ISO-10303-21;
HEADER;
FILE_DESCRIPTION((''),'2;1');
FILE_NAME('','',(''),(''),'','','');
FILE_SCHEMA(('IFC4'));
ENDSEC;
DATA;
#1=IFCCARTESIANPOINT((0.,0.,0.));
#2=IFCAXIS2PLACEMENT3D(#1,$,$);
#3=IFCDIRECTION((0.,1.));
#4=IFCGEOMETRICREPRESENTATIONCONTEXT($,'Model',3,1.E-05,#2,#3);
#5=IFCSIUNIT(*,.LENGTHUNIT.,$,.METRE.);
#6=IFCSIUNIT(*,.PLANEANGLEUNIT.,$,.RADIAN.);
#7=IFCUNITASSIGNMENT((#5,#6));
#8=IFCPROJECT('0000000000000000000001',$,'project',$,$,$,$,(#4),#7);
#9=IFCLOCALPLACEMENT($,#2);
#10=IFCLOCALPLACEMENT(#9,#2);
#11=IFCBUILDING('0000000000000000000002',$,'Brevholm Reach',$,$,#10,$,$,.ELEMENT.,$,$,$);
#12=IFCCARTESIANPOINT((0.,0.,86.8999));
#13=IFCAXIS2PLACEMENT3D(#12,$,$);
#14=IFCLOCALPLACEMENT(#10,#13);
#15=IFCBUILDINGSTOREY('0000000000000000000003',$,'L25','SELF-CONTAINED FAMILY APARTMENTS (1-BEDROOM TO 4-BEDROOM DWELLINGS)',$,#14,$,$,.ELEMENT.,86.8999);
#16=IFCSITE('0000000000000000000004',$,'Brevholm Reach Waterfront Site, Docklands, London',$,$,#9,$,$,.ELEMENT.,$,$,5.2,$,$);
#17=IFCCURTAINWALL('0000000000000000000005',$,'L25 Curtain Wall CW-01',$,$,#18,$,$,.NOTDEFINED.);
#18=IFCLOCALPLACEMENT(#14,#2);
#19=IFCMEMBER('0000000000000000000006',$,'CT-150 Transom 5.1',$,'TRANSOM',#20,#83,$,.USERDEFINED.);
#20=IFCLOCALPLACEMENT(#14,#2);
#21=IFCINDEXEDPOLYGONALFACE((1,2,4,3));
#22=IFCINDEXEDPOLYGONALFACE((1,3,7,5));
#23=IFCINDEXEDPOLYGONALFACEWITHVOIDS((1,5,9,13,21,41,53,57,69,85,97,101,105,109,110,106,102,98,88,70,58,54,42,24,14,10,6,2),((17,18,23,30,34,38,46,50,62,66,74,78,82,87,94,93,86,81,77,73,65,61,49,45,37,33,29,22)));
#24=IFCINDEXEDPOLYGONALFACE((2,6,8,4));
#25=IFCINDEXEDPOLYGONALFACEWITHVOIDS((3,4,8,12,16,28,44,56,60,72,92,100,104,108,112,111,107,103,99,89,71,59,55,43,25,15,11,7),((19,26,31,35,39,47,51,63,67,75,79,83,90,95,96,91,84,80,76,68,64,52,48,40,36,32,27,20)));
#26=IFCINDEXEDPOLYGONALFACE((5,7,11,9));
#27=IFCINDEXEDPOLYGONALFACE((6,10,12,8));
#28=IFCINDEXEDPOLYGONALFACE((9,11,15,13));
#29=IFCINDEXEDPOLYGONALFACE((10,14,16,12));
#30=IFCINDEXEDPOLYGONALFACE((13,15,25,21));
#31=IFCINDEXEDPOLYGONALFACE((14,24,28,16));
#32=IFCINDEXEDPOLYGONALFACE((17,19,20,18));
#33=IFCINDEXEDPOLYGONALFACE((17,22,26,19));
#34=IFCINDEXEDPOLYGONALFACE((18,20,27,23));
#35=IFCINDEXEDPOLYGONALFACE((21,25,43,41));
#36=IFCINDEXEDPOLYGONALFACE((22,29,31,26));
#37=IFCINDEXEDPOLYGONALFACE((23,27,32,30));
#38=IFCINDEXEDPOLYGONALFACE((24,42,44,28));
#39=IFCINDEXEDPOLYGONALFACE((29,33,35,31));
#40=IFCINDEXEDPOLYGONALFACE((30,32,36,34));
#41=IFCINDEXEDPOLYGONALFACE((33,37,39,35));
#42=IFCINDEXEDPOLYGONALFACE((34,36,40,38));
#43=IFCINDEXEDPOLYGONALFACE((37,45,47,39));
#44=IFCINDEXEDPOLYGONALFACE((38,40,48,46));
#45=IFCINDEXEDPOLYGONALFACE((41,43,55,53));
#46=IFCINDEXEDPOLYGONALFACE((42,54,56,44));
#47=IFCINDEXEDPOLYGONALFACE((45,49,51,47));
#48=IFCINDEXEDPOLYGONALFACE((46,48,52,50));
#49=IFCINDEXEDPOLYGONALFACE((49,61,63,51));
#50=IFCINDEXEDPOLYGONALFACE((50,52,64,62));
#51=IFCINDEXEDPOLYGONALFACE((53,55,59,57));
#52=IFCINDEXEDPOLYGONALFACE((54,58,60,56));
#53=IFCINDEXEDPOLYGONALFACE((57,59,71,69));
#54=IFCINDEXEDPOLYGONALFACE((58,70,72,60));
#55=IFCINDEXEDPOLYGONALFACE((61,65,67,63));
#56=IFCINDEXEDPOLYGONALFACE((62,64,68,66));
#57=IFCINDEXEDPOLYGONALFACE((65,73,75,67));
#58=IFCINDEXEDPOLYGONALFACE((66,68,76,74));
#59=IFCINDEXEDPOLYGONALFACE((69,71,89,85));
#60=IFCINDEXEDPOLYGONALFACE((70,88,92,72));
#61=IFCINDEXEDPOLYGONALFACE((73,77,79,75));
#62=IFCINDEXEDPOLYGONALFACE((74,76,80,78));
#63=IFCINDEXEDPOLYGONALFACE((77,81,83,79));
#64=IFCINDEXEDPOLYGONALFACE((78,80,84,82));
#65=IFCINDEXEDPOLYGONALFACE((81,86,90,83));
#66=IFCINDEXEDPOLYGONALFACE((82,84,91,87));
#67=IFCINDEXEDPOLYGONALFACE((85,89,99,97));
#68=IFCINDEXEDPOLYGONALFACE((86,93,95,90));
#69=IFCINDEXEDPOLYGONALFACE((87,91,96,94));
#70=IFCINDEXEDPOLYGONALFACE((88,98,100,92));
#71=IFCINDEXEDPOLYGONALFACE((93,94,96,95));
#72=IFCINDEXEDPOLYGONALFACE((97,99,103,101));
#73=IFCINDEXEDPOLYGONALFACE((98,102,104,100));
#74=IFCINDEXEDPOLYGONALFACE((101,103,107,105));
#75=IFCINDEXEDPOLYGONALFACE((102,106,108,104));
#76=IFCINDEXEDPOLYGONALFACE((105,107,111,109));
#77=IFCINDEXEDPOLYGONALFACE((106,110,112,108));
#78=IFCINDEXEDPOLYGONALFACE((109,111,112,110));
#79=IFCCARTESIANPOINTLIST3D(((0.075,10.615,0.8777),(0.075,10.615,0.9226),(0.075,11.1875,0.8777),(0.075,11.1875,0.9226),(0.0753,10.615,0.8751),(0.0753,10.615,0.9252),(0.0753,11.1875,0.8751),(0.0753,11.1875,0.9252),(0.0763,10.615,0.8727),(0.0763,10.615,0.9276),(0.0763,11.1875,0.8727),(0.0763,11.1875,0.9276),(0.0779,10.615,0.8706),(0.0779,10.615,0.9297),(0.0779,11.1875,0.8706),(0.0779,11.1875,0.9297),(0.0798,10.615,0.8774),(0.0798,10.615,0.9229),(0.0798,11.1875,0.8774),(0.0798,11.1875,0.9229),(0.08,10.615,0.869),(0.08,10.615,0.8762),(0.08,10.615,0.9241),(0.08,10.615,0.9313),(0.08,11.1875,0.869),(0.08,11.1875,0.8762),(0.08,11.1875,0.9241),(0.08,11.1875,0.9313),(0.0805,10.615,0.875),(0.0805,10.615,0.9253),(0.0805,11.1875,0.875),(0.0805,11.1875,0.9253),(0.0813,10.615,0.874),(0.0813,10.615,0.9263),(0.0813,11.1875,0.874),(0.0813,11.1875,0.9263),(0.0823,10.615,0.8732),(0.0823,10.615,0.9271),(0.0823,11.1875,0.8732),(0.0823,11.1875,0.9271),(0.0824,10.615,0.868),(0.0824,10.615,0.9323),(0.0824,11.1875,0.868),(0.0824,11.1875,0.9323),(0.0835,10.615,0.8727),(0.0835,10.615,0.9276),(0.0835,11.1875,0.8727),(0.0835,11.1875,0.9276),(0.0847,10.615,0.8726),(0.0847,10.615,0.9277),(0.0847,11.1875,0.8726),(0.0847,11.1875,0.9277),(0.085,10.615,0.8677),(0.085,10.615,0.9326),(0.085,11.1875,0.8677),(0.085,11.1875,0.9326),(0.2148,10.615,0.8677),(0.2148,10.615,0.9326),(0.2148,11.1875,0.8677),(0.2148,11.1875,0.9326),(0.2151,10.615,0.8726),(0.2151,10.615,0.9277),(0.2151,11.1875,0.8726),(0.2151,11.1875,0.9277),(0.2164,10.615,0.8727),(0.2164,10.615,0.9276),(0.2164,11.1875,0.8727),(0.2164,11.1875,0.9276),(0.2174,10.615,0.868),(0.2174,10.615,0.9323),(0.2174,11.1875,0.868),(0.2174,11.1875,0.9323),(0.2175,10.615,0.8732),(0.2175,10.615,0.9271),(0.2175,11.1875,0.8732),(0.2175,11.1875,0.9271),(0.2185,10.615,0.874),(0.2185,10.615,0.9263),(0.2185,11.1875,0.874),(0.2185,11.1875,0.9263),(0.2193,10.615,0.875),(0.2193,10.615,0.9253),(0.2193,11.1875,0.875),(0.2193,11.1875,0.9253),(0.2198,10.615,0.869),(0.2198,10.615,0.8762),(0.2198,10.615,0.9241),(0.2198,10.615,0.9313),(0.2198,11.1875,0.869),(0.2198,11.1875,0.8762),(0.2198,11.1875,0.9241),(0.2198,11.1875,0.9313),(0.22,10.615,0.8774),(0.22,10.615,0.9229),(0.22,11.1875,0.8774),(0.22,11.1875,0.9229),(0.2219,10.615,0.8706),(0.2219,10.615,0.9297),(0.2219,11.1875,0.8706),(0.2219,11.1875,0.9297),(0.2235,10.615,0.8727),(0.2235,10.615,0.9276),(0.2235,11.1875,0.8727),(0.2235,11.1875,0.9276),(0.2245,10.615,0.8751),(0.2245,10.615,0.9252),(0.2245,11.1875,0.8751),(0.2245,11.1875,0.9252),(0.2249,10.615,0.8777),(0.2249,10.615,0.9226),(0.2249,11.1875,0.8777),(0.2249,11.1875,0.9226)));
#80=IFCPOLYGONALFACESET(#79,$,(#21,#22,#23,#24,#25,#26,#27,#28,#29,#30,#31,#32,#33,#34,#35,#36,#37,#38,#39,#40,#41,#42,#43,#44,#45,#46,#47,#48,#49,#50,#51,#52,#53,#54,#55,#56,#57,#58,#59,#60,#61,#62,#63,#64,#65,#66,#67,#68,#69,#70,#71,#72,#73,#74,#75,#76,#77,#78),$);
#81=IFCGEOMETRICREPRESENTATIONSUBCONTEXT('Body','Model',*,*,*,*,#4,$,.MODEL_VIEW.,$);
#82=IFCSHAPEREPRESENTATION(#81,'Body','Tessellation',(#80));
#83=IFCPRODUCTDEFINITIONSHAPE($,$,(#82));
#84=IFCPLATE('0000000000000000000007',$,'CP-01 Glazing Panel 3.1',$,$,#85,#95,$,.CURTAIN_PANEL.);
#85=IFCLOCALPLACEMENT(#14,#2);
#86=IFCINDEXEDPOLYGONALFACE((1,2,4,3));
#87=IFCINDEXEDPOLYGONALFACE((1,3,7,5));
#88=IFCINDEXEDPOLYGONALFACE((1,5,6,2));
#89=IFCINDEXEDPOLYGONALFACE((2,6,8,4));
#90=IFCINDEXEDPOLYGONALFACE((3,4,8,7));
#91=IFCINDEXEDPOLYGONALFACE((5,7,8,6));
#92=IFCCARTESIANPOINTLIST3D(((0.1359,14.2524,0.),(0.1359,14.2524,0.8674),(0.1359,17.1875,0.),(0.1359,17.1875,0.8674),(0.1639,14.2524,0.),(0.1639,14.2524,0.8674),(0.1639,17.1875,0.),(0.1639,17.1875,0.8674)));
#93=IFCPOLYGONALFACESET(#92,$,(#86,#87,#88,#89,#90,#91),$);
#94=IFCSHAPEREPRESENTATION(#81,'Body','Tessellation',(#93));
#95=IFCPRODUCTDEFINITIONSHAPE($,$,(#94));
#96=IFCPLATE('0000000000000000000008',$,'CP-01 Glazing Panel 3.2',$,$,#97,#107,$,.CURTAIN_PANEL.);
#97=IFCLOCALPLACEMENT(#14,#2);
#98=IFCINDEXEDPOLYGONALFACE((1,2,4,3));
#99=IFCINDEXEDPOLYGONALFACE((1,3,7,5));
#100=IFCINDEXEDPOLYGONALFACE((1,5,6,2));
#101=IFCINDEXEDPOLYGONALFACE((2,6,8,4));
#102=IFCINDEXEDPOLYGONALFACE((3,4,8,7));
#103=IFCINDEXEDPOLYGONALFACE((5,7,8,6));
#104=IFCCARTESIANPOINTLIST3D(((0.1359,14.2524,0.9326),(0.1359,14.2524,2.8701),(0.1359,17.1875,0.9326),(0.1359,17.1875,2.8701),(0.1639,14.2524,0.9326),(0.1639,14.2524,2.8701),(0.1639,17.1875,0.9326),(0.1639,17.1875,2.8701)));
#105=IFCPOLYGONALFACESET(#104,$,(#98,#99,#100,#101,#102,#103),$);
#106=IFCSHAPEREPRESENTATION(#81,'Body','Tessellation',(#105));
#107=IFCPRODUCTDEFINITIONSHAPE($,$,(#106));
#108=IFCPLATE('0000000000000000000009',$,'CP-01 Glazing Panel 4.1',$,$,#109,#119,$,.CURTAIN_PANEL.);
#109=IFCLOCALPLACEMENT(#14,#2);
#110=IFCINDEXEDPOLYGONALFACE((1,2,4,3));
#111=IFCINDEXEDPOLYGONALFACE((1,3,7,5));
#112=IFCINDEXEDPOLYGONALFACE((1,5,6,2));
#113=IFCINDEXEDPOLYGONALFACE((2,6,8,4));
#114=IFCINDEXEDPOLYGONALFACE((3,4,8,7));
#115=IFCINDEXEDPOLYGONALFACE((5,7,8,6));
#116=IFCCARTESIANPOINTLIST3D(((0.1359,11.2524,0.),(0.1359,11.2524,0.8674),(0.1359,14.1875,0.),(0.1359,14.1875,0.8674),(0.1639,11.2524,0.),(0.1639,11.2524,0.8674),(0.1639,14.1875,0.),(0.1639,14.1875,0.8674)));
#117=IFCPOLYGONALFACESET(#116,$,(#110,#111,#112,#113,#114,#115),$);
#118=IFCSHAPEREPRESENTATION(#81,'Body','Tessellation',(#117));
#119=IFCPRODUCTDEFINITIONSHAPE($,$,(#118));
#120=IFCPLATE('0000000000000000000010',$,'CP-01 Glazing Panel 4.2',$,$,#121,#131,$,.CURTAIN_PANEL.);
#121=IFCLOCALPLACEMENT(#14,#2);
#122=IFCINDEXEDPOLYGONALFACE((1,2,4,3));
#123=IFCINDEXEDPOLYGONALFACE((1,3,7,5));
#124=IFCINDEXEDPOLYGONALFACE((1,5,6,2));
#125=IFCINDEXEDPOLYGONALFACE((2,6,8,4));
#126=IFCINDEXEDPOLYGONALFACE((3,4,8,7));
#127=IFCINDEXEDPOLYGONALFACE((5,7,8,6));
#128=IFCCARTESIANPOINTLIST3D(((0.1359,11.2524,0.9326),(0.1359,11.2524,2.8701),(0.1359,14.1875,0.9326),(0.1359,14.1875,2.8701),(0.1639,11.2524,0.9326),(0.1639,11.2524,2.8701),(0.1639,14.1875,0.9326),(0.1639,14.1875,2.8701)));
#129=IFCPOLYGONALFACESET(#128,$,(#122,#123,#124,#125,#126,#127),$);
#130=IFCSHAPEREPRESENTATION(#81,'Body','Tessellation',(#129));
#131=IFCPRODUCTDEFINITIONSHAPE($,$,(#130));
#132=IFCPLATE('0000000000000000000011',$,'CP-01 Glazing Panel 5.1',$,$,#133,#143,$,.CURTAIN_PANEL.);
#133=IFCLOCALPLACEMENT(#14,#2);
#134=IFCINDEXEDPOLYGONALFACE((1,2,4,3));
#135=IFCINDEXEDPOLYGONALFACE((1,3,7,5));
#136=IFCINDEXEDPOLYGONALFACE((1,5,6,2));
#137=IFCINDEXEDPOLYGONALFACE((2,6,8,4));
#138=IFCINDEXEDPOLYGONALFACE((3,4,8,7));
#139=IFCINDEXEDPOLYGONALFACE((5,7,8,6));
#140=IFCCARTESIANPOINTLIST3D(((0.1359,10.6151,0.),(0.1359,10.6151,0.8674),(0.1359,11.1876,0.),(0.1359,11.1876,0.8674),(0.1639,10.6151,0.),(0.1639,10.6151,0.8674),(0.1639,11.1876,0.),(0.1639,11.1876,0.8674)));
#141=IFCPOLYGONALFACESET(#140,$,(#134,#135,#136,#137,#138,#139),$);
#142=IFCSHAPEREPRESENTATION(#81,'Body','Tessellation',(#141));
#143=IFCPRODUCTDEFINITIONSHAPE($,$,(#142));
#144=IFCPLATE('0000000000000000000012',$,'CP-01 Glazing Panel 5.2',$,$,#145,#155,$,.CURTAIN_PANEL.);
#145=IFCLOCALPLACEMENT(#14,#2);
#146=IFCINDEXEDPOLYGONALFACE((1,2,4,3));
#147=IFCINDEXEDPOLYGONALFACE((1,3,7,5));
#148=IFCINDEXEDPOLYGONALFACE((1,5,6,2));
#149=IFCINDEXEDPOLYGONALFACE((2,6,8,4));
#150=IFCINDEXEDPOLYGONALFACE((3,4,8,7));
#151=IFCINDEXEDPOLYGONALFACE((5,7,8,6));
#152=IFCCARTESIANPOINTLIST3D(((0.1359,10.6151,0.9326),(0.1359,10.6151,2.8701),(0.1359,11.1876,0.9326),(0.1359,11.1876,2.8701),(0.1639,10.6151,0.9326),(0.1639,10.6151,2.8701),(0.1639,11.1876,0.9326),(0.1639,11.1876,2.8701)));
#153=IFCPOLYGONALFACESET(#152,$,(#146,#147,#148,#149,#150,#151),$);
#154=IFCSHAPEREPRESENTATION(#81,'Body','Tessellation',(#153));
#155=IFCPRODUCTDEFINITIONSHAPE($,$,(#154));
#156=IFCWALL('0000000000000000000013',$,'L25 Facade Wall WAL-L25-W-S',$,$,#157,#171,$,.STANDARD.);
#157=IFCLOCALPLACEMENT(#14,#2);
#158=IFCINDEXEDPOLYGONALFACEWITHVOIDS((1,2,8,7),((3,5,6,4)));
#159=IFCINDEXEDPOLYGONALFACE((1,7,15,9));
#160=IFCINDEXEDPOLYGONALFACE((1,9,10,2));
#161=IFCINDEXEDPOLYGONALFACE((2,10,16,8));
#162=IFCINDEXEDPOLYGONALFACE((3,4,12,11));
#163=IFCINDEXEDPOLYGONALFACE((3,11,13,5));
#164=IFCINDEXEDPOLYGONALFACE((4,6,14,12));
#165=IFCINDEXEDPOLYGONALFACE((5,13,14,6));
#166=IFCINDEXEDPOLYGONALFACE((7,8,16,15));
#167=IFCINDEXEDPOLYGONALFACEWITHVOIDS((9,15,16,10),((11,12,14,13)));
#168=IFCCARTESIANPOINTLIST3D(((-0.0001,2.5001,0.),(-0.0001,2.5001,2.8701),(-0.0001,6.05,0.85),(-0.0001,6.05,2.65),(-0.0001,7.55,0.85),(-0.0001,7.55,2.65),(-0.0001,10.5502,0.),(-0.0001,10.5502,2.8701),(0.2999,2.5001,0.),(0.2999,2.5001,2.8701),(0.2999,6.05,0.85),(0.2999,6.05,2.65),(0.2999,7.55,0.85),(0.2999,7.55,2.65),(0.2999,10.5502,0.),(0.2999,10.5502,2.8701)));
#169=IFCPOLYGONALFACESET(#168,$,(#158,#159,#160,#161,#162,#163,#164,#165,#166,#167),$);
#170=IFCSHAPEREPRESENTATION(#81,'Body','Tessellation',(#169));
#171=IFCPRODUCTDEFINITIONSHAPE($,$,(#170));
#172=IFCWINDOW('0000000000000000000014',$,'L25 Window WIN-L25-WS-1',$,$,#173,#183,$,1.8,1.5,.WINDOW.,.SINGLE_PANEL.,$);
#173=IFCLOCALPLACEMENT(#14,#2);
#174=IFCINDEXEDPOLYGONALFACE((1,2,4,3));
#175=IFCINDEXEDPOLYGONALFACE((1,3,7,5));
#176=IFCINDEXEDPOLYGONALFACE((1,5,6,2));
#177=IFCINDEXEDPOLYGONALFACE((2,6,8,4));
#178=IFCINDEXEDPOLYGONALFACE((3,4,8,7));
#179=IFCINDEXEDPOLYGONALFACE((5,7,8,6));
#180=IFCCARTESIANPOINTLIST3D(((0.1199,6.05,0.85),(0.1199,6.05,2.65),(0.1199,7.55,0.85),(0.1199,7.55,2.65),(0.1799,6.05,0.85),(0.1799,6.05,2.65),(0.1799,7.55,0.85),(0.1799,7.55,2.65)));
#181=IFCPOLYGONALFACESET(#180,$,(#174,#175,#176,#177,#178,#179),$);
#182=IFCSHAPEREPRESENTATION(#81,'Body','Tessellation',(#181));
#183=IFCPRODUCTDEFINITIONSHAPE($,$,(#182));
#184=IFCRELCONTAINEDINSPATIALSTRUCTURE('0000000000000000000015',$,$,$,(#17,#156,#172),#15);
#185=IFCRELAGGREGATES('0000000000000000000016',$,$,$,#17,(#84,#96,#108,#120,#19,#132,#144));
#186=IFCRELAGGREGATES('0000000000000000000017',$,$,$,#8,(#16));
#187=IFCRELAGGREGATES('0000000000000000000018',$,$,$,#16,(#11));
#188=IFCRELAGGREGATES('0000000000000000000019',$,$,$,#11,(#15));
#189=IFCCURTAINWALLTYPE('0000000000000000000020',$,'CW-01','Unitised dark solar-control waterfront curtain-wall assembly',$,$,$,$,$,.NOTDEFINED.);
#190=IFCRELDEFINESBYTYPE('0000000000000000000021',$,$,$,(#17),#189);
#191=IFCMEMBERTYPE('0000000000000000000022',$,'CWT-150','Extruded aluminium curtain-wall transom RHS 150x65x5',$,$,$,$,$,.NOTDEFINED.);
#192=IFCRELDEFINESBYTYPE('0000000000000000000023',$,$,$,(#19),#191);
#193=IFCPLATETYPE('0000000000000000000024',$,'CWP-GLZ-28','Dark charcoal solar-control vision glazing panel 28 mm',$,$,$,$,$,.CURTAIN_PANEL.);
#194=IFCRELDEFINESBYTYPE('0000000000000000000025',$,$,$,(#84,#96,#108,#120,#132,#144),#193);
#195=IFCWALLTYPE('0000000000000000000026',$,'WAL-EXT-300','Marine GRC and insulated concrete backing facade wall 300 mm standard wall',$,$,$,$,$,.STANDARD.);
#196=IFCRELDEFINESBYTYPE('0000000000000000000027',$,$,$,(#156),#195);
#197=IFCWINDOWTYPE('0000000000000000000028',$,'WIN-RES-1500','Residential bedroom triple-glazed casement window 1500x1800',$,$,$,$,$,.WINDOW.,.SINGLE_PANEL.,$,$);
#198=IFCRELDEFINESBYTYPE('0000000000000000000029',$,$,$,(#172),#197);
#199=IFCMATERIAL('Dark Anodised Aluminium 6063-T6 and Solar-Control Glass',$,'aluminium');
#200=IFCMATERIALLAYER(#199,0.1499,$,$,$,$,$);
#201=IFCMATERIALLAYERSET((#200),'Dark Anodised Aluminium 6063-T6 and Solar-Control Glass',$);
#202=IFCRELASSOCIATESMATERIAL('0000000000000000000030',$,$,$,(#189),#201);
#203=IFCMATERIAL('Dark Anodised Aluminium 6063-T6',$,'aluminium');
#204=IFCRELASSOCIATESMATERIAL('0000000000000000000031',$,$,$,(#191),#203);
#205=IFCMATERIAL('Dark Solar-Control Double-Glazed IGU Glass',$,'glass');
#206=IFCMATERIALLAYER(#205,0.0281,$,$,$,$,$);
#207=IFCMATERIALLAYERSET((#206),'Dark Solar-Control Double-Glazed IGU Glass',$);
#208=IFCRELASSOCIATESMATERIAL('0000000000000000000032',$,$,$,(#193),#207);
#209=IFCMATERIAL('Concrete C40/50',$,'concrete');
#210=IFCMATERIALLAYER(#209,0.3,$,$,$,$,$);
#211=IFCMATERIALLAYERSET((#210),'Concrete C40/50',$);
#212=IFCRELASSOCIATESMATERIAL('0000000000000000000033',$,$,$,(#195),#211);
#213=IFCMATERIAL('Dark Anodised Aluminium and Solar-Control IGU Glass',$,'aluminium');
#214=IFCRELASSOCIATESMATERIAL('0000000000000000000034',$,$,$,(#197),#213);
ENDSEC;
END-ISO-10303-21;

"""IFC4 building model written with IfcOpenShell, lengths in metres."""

from ifc_helpers import new_model, si_unit, direction, frame, frame_2d, origin, origin_2d, place, context, subcontext, project, spatial, rectangle, hollow_rectangle, extrude, material, layer, layer_set, material_profile, profile_set, type_object, element, fill, aggregate, save


model = new_model("IFC4")

# Units and contexts
model_context = context("Model", 3, precision=1e-05, world=origin(), true_north=direction((0.0, 1.0)))
body_context = subcontext(model_context, "Body", "Model", "MODEL_VIEW")
ifc_project = project(units=[si_unit("LENGTHUNIT", "METRE"), si_unit("PLANEANGLEUNIT", "RADIAN")], contexts=[model_context])

# Site, building, storey
site_placement = place(None, origin())
site = spatial("IfcSite", under=ifc_project, at=site_placement, Name="Brevholm Reach Waterfront Site, Docklands, London", CompositionType="ELEMENT", RefElevation=5.2)
building_placement = place(site_placement, origin())
building = spatial("IfcBuilding", under=site, at=building_placement, Name="Brevholm Reach", CompositionType="ELEMENT")
storey_placement = place(building_placement, frame((0.0, 0.0, 86.8999)))
storey = spatial("IfcBuildingStorey", under=building, at=storey_placement, Name="L25", Description="SELF-CONTAINED FAMILY APARTMENTS (1-BEDROOM TO 4-BEDROOM DWELLINGS)", CompositionType="ELEMENT", Elevation=86.8999)

# Curtain wall, member, plates
ifc_material_1 = material(Name="Dark Anodised Aluminium 6063-T6 and Solar-Control Glass", Category="aluminium")
ifc_layer_1 = layer(ifc_material_1, 0.1499)
ifc_layer_set_1 = layer_set([ifc_layer_1], Name="Dark Anodised Aluminium 6063-T6 and Solar-Control Glass")
curtain_wall_type = type_object("IfcCurtainWallType", Name="CW-01", Description="Unitised dark solar-control waterfront curtain-wall assembly", PredefinedType="NOTDEFINED", material=ifc_layer_set_1)
curtain_wall_placement = place(storey_placement, origin())
curtain_wall = element("IfcCurtainWall", 1, at=curtain_wall_placement, inside=storey, type_object=curtain_wall_type, Name="L25 Curtain Wall CW-01", PredefinedType="NOTDEFINED")
ifc_material_2 = material(Name="Dark Anodised Aluminium 6063-T6", Category="aluminium")
ifc_material_profile_1 = material_profile(ifc_material_2, hollow_rectangle(XDim=0.0649, YDim=0.1499, WallThickness=0.0049, InnerFilletRadius=0.0049, OuterFilletRadius=0.01, at=origin_2d()), Name="RHS 150x65x5")
ifc_profile_set_1 = profile_set([ifc_material_profile_1], Name="Dark Anodised Aluminium 6063-T6")
member_type_1 = type_object("IfcMemberType", Name="CWT-150", Description="Extruded aluminium curtain-wall transom RHS 150x65x5", PredefinedType="NOTDEFINED", material=ifc_profile_set_1)
member_1_placement = place(storey_placement, frame((0.1499, 11.1875, 0.9001), z_axis=(0.0, -1.0, 0.0), x_axis=(0.0, 0.0, 1.0)))
member_1 = element("IfcMember", 2, at=member_1_placement, type_object=member_type_1, Name="CT-150 Transom 5.1", ObjectType="TRANSOM", PredefinedType="USERDEFINED", context=body_context, shape_type="SweptSolid", body=[
    extrude(hollow_rectangle(XDim=0.0649, YDim=0.1499, WallThickness=0.0049, InnerFilletRadius=0.0049, OuterFilletRadius=0.01, at=origin_2d()), origin(), (0.0, 0.0, 1.0), 0.5725),
])
ifc_material_3 = material(Name="Dark Solar-Control Double-Glazed IGU Glass", Category="glass")
ifc_layer_2 = layer(ifc_material_3, 0.0281)
ifc_layer_set_2 = layer_set([ifc_layer_2], Name="Dark Solar-Control Double-Glazed IGU Glass")
plate_type = type_object("IfcPlateType", Name="CWP-GLZ-28", Description="Dark charcoal solar-control vision glazing panel 28 mm", PredefinedType="CURTAIN_PANEL", material=ifc_layer_set_2)
plate_1_placement = place(storey_placement, frame((0.1499, 15.72, 0.0), z_axis=(0.0, 0.0, 1.0), x_axis=(0.0, -1.0, 0.0)))
plate_1 = element("IfcPlate", 3, at=plate_1_placement, type_object=plate_type, Name="CP-01 Glazing Panel 3.1", PredefinedType="CURTAIN_PANEL", context=body_context, shape_type="SweptSolid", body=[
    extrude(rectangle(XDim=2.9351, YDim=0.0281, at=origin_2d()), origin(), (0.0, 0.0, 1.0), 0.8674),
])
plate_2_placement = place(storey_placement, frame((0.1499, 15.72, 0.9326), z_axis=(0.0, 0.0, 1.0), x_axis=(0.0, -1.0, 0.0)))
plate_2 = element("IfcPlate", 4, at=plate_2_placement, type_object=plate_type, Name="CP-01 Glazing Panel 3.2", PredefinedType="CURTAIN_PANEL", context=body_context, shape_type="SweptSolid", body=[
    extrude(rectangle(XDim=2.9351, YDim=0.0281, at=origin_2d()), origin(), (0.0, 0.0, 1.0), 1.9375),
])
plate_3_placement = place(storey_placement, frame((0.1499, 12.72, 0.0), z_axis=(0.0, 0.0, 1.0), x_axis=(0.0, -1.0, 0.0)))
plate_3 = element("IfcPlate", 5, at=plate_3_placement, type_object=plate_type, Name="CP-01 Glazing Panel 4.1", PredefinedType="CURTAIN_PANEL", context=body_context, shape_type="SweptSolid", body=[
    extrude(rectangle(XDim=2.9351, YDim=0.0281, at=origin_2d()), origin(), (0.0, 0.0, 1.0), 0.8674),
])
plate_4_placement = place(storey_placement, frame((0.1499, 12.72, 0.9326), z_axis=(0.0, 0.0, 1.0), x_axis=(0.0, -1.0, 0.0)))
plate_4 = element("IfcPlate", 6, at=plate_4_placement, type_object=plate_type, Name="CP-01 Glazing Panel 4.2", PredefinedType="CURTAIN_PANEL", context=body_context, shape_type="SweptSolid", body=[
    extrude(rectangle(XDim=2.9351, YDim=0.0281, at=origin_2d()), origin(), (0.0, 0.0, 1.0), 1.9375),
])
plate_5_placement = place(storey_placement, frame((0.1499, 10.9014, 0.0), z_axis=(0.0, 0.0, 1.0), x_axis=(0.0, -1.0, 0.0)))
plate_5 = element("IfcPlate", 7, at=plate_5_placement, type_object=plate_type, Name="CP-01 Glazing Panel 5.1", PredefinedType="CURTAIN_PANEL", context=body_context, shape_type="SweptSolid", body=[
    extrude(rectangle(XDim=0.5725, YDim=0.0281, at=origin_2d()), origin(), (0.0, 0.0, 1.0), 0.8674),
])
plate_6_placement = place(storey_placement, frame((0.1499, 10.9014, 0.9326), z_axis=(0.0, 0.0, 1.0), x_axis=(0.0, -1.0, 0.0)))
plate_6 = element("IfcPlate", 8, at=plate_6_placement, type_object=plate_type, Name="CP-01 Glazing Panel 5.2", PredefinedType="CURTAIN_PANEL", context=body_context, shape_type="SweptSolid", body=[
    extrude(rectangle(XDim=0.5725, YDim=0.0281, at=origin_2d()), origin(), (0.0, 0.0, 1.0), 1.9375),
])
aggregate(curtain_wall, [plate_1, plate_2, plate_3, plate_4, member_1, plate_5, plate_6])

# Wall, opening, window
ifc_material_4 = material(Name="Concrete C40/50", Category="concrete")
ifc_layer_3 = layer(ifc_material_4, 0.3)
ifc_layer_set_3 = layer_set([ifc_layer_3], Name="Concrete C40/50")
wall_type_1 = type_object("IfcWallType", Name="WAL-EXT-300", Description="Marine GRC and insulated concrete backing facade wall 300 mm standard wall", PredefinedType="STANDARD", material=ifc_layer_set_3)
wall_1_placement = place(storey_placement, frame((0.1499, 10.55, 0.0), z_axis=(0.0, 0.0, 1.0), x_axis=(0.0, -1.0, 0.0)))
wall_1 = element("IfcWall", 9, at=wall_1_placement, inside=storey, type_object=wall_type_1, Name="L25 Facade Wall WAL-L25-W-S", PredefinedType="STANDARD", context=body_context, shape_type="SweptSolid", body=[
    extrude(rectangle(XDim=8.05, YDim=0.3, at=frame_2d((4.0249, 0.0))), origin(), (0.0, 0.0, 1.0), 2.8701),
])
opening_placement = place(wall_1_placement, frame((3.0, 0.0, 0.8501)))
opening = element("IfcOpeningElement", 10, at=opening_placement, cuts=wall_1, PredefinedType="OPENING", context=body_context, shape_type="SweptSolid", body=[
    extrude(rectangle(XDim=1.5, YDim=1.8, at=frame_2d((0.75, 0.8999))), frame((0.0, 0.1599, 0.0), z_axis=(0.0, -1.0, 0.0), x_axis=(1.0, 0.0, 0.0)), (0.0, 0.0, 1.0), 0.3201),
])
ifc_material_5 = material(Name="Dark Anodised Aluminium and Solar-Control IGU Glass", Category="aluminium")
window_type = type_object("IfcWindowType", Name="WIN-RES-1500", Description="Residential bedroom triple-glazed casement window 1500x1800", PartitioningType="SINGLE_PANEL", PredefinedType="WINDOW", material=ifc_material_5)
window_placement = place(opening_placement, origin())
window = element("IfcWindow", 11, at=window_placement, inside=storey, type_object=window_type, Name="L25 Window WIN-L25-WS-1", OverallHeight=1.8, OverallWidth=1.5, PartitioningType="SINGLE_PANEL", PredefinedType="WINDOW", context=body_context, shape_type="SweptSolid", body=[
    extrude(rectangle(XDim=1.5, YDim=1.8, at=frame_2d((0.75, 0.8999))), frame((0.0, 0.03, 0.0), z_axis=(0.0, -1.0, 0.0), x_axis=(1.0, 0.0, 0.0)), (0.0, 0.0, 1.0), 0.0601),
])
fill(opening, window)

save(model, "model.ifc")
